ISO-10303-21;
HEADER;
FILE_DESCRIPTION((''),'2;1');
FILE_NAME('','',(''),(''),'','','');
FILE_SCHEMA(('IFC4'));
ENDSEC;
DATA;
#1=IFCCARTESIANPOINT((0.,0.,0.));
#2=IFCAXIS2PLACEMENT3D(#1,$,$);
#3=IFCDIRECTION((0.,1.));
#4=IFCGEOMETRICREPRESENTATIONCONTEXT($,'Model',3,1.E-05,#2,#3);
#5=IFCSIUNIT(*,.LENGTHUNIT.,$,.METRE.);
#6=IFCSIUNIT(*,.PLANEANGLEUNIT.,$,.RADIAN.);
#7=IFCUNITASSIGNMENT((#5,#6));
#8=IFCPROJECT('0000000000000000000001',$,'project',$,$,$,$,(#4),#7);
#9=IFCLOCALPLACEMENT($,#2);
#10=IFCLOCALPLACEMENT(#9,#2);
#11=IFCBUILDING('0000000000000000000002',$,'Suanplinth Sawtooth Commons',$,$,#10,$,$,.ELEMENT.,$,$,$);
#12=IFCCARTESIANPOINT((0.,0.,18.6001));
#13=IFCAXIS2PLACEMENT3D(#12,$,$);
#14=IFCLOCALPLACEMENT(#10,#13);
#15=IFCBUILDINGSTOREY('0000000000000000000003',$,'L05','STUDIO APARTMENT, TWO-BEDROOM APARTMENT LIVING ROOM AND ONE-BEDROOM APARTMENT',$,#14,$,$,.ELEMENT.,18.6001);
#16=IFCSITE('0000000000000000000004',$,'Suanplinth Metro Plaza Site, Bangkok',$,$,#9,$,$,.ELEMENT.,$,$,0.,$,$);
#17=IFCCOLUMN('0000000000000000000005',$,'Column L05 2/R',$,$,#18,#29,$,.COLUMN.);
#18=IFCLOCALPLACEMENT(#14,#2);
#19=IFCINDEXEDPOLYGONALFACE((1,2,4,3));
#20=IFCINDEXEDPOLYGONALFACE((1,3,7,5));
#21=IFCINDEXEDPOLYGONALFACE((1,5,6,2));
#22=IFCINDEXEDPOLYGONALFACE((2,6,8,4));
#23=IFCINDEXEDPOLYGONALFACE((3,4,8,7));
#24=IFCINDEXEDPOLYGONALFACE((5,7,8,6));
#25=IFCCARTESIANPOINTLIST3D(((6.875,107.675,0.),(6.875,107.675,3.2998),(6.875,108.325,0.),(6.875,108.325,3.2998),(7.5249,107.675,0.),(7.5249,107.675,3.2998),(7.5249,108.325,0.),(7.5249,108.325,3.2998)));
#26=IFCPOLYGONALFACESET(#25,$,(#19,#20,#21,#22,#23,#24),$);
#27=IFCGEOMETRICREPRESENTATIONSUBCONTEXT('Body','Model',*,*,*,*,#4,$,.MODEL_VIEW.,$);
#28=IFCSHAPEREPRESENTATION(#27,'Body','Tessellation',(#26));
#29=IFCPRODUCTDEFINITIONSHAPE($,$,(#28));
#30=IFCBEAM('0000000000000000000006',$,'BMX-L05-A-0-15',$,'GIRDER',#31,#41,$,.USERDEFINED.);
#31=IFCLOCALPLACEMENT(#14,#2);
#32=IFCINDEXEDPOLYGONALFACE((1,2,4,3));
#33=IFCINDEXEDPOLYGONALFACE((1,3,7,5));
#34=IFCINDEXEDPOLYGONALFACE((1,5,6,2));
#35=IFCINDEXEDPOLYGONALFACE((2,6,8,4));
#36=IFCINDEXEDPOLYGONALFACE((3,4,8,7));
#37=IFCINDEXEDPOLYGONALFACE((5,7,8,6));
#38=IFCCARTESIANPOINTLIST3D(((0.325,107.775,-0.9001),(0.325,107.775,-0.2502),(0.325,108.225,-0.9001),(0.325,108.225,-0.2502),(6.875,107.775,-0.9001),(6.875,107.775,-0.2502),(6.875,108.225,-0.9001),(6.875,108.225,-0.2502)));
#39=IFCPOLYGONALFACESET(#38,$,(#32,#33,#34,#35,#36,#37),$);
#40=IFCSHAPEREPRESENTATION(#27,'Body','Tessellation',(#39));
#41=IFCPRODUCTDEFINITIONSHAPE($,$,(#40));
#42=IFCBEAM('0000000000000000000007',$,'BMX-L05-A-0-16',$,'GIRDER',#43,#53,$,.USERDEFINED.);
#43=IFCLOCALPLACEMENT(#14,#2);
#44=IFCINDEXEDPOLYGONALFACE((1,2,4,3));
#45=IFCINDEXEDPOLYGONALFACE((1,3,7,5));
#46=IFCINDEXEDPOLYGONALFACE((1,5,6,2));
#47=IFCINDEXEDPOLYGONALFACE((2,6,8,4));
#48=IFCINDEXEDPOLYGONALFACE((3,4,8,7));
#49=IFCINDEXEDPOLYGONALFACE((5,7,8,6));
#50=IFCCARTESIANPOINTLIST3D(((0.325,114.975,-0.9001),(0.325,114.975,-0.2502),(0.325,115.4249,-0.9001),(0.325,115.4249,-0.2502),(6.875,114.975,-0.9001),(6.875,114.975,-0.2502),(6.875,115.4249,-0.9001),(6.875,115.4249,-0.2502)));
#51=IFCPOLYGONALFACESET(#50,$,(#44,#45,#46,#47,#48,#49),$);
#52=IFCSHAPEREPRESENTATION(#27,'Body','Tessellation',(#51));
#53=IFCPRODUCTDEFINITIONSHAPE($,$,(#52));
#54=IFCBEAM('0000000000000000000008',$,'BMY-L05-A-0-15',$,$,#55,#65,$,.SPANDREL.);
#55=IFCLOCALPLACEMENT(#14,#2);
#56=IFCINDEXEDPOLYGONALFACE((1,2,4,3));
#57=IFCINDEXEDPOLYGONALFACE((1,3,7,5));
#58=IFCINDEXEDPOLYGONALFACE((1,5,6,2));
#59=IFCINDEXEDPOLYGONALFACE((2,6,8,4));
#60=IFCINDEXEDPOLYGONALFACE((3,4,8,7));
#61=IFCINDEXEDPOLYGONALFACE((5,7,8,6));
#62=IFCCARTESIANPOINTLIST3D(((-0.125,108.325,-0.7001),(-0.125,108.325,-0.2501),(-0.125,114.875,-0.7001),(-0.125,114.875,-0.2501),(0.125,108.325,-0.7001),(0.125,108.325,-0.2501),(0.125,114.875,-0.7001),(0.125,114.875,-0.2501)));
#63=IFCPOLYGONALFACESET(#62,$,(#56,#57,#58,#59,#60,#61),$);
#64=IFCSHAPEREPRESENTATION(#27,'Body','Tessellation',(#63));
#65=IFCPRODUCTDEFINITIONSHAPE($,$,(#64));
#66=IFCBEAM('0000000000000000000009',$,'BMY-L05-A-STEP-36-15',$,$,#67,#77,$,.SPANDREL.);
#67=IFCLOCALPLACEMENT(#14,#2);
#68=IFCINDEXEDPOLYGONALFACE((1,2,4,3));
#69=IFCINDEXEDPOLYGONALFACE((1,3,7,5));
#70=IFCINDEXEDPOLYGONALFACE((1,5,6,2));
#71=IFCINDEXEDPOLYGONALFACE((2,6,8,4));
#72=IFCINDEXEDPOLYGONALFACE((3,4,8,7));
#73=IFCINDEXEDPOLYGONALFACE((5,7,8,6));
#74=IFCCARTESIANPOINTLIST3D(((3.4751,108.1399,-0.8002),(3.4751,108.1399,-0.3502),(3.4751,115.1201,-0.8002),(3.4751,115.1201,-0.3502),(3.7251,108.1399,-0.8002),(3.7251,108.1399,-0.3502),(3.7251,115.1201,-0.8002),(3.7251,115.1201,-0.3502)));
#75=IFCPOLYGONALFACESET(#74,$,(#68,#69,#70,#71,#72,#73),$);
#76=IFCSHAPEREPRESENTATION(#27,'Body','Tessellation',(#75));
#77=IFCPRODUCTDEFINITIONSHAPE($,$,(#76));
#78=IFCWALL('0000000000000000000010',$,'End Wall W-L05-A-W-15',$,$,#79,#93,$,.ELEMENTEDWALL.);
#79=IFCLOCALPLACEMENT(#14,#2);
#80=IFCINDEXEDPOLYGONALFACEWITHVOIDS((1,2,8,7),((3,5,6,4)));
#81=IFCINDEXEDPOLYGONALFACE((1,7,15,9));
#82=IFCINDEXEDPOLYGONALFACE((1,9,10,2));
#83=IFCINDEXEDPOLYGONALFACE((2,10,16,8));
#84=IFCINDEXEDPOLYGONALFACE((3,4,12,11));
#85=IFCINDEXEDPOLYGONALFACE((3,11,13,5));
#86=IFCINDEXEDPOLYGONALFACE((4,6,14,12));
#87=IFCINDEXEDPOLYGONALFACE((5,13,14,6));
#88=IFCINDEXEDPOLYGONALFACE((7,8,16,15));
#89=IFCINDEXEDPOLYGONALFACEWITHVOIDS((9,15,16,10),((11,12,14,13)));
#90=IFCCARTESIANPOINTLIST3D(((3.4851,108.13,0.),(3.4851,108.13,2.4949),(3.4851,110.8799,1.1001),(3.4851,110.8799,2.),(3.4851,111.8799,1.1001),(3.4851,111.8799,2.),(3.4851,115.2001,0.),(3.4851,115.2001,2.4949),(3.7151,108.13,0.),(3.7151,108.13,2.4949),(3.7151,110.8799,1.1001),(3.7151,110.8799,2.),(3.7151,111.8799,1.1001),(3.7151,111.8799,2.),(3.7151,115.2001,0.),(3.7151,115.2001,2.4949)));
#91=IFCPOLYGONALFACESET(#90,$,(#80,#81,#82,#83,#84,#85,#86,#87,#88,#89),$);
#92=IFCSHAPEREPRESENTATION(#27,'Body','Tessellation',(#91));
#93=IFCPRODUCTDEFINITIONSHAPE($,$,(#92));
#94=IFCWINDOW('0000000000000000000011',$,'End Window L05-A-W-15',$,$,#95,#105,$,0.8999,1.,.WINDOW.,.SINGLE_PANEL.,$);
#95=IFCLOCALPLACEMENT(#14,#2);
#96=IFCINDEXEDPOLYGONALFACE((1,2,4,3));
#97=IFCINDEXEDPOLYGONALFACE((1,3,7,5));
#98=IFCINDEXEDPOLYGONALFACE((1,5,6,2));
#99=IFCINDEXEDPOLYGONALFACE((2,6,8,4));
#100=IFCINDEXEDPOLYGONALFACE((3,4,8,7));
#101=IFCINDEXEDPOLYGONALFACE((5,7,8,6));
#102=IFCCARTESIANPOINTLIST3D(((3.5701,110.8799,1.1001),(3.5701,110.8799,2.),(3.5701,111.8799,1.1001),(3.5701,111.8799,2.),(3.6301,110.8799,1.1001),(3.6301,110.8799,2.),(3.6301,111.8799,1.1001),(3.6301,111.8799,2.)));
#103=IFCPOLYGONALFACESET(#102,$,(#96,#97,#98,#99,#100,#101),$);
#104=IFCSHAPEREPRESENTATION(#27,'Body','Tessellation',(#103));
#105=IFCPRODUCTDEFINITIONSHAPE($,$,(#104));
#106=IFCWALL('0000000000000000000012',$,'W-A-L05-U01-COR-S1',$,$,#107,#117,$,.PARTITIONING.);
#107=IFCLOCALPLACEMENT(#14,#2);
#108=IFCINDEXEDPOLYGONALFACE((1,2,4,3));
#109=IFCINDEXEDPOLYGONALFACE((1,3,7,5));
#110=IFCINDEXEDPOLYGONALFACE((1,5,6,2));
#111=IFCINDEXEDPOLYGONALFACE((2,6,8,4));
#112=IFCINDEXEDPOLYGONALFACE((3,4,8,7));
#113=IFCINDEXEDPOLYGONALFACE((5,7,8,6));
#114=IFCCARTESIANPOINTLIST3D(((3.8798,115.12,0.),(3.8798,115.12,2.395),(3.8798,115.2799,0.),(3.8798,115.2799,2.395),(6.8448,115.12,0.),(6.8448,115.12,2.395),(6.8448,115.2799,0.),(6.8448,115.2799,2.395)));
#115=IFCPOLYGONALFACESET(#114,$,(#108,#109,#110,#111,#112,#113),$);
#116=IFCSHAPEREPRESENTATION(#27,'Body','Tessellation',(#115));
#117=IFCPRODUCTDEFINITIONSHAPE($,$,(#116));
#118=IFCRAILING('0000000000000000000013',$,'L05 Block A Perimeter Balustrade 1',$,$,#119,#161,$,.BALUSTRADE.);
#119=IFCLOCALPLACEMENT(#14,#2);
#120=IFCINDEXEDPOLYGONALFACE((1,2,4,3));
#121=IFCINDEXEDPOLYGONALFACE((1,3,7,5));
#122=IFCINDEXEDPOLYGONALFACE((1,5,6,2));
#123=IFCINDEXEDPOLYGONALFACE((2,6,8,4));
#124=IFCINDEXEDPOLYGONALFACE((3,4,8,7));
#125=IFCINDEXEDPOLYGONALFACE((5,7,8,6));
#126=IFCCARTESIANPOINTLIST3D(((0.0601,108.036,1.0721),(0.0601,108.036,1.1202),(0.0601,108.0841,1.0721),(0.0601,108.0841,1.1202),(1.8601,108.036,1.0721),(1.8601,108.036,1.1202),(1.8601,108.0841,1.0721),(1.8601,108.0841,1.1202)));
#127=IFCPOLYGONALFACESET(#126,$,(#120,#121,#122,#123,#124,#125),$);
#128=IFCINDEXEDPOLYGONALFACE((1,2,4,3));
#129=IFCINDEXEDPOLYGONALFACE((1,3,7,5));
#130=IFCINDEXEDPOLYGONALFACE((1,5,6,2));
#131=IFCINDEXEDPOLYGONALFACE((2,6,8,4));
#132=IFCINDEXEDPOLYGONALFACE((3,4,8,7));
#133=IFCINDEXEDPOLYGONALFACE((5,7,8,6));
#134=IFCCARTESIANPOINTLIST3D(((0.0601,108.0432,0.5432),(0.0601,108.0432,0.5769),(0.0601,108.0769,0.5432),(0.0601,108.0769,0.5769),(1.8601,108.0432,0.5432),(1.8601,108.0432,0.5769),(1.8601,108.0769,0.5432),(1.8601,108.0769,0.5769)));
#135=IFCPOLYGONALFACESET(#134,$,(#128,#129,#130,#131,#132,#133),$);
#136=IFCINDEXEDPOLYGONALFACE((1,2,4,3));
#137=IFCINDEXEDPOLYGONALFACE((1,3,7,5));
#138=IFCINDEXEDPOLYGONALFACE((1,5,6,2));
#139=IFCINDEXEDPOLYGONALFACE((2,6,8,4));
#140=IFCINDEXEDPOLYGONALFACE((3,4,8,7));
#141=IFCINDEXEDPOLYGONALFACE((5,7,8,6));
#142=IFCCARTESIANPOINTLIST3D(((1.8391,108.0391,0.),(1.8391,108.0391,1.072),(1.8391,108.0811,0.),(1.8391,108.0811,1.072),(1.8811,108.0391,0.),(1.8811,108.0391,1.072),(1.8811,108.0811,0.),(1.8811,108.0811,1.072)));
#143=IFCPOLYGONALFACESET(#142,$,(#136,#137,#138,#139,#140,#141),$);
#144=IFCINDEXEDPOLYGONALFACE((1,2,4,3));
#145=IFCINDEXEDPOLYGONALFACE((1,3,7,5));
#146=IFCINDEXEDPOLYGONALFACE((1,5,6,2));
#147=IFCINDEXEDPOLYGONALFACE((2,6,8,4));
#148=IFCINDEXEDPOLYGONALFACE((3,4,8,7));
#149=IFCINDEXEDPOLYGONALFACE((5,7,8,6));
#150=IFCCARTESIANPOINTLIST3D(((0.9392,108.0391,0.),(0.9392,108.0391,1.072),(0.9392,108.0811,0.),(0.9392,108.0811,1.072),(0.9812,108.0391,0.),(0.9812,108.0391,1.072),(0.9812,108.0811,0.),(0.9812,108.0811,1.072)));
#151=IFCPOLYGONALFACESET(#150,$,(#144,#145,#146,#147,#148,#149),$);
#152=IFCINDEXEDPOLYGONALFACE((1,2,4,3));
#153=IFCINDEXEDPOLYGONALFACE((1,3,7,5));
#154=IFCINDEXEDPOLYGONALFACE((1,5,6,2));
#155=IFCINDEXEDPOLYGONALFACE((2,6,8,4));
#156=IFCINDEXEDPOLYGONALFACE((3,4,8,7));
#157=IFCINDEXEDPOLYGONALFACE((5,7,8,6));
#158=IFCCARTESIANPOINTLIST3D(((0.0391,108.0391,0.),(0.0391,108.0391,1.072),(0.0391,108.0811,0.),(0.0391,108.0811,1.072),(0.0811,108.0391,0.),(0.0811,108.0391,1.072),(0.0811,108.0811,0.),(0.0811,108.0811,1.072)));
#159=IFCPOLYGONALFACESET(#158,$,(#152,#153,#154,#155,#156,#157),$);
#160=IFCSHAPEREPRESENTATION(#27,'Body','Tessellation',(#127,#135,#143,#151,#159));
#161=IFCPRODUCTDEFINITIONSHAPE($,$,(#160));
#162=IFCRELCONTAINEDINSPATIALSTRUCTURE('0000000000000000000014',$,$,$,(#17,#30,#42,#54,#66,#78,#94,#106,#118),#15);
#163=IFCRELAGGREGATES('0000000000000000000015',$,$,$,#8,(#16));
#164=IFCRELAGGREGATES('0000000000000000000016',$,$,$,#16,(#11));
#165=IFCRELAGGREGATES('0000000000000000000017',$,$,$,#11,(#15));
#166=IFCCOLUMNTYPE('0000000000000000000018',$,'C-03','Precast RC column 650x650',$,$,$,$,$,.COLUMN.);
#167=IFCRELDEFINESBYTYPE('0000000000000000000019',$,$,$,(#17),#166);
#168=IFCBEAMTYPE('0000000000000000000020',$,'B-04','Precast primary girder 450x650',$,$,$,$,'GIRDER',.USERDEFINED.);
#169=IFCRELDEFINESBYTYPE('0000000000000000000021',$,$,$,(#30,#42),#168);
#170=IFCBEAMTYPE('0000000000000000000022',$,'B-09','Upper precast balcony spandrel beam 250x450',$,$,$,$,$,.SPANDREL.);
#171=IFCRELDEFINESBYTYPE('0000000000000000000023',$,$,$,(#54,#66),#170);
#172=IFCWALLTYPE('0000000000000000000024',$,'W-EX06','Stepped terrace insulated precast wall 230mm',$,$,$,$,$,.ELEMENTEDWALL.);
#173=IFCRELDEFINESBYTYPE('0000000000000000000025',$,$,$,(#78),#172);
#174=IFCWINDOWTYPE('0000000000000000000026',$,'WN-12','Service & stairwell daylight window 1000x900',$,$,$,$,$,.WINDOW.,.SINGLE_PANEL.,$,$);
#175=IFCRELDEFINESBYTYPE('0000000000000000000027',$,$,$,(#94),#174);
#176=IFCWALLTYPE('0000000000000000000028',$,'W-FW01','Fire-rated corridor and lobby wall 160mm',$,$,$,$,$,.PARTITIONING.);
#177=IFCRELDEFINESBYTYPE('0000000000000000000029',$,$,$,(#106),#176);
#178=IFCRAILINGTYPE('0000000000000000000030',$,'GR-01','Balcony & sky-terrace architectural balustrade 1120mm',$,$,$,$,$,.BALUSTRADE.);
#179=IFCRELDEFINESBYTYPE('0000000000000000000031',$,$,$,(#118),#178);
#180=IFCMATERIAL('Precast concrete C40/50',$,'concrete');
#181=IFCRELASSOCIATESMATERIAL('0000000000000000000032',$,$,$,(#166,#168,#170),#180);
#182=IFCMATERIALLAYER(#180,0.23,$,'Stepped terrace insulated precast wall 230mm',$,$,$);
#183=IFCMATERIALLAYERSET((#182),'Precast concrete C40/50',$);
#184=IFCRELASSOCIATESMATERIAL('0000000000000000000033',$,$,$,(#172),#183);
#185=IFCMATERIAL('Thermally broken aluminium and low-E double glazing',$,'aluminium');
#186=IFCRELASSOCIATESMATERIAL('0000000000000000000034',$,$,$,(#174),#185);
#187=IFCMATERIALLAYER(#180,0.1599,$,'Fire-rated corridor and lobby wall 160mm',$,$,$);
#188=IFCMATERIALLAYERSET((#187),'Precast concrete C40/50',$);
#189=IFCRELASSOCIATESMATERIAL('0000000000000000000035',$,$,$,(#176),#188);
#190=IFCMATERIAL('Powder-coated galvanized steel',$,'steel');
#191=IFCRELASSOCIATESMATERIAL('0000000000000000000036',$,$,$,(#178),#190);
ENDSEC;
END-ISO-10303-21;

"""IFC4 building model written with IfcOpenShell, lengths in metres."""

from ifc_helpers import new_model, si_unit, direction, frame, frame_2d, origin, origin_2d, place, context, subcontext, project, spatial, rectangle, extrude, material, layer, layer_set, material_profile, profile_set, type_object, element, fill, save


model = new_model("IFC4")

# Units and contexts
model_context = context("Model", 3, precision=1e-05, world=origin(), true_north=direction((0.0, 1.0)))
body_context = subcontext(model_context, "Body", "Model", "MODEL_VIEW")
ifc_project = project(units=[si_unit("LENGTHUNIT", "METRE"), si_unit("PLANEANGLEUNIT", "RADIAN")], contexts=[model_context])

# Site, building, storey
site_placement = place(None, origin())
site = spatial("IfcSite", under=ifc_project, at=site_placement, Name="Suanplinth Metro Plaza Site, Bangkok", CompositionType="ELEMENT", RefElevation=0.0)
building_placement = place(site_placement, origin())
building = spatial("IfcBuilding", under=site, at=building_placement, Name="Suanplinth Sawtooth Commons", CompositionType="ELEMENT")
storey_placement = place(building_placement, frame((0.0, 0.0, 18.6001)))
storey = spatial("IfcBuildingStorey", under=building, at=storey_placement, Name="L05", Description="STUDIO APARTMENT, TWO-BEDROOM APARTMENT LIVING ROOM AND ONE-BEDROOM APARTMENT", CompositionType="ELEMENT", Elevation=18.6001)

# Column
ifc_material_1 = material(Name="Precast concrete C40/50", Category="concrete")
ifc_material_profile_1 = material_profile(ifc_material_1, rectangle(XDim=0.6499, YDim=0.6499, at=origin_2d()), Name="PC-COL 650x650")
ifc_profile_set_1 = profile_set([ifc_material_profile_1], Name="Precast concrete C40/50")
column_type = type_object("IfcColumnType", Name="C-03", Description="Precast RC column 650x650", PredefinedType="COLUMN", material=ifc_profile_set_1)
column_placement = place(storey_placement, frame((7.2, 108.0, 0.0), z_axis=(0.0, 0.0, 1.0), x_axis=(1.0, 0.0, 0.0)))
element("IfcColumn", 1, at=column_placement, inside=storey, type_object=column_type, Name="Column L05 2/R", PredefinedType="COLUMN", context=body_context, shape_type="SweptSolid", body=[
    extrude(rectangle(XDim=0.6499, YDim=0.6499, at=origin_2d()), origin(), (0.0, 0.0, 1.0), 3.2998),
])

# Beams
ifc_material_profile_2 = material_profile(ifc_material_1, rectangle(XDim=0.45, YDim=0.6499, at=origin_2d()), Name="PC-GDR 450x650")
ifc_profile_set_2 = profile_set([ifc_material_profile_2], Name="Precast concrete C40/50")
beam_type_1 = type_object("IfcBeamType", Name="B-04", Description="Precast primary girder 450x650", ElementType="GIRDER", PredefinedType="USERDEFINED", material=ifc_profile_set_2)
for number, where, z_axis, x_axis, name in (
    (2, (0.325, 108.0, -0.5752), (1.0, 0.0, 0.0), (0.0, 1.0, 0.0), "BMX-L05-A-0-15"),
    (3, (0.325, 115.2, -0.5752), (1.0, 0.0, 0.0), (0.0, 1.0, 0.0), "BMX-L05-A-0-16"),
):
    element("IfcBeam", number, at=place(storey_placement, frame(where, z_axis=z_axis, x_axis=x_axis)), inside=storey, type_object=beam_type_1, Name=name, ObjectType="GIRDER", PredefinedType="USERDEFINED", context=body_context, shape_type="SweptSolid", body=[
        extrude(rectangle(XDim=0.45, YDim=0.6499, at=origin_2d()), origin(), (0.0, 0.0, 1.0), 6.55),
    ])
ifc_material_profile_3 = material_profile(ifc_material_1, rectangle(XDim=0.25, YDim=0.45, at=origin_2d()), Name="PC-SP 250x450")
ifc_profile_set_3 = profile_set([ifc_material_profile_3], Name="Precast concrete C40/50")
beam_type_2 = type_object("IfcBeamType", Name="B-09", Description="Upper precast balcony spandrel beam 250x450", PredefinedType="SPANDREL", material=ifc_profile_set_3)
beam_1_placement = place(storey_placement, frame((0.0, 108.325, -0.4751), z_axis=(0.0, 1.0, 0.0), x_axis=(-1.0, 0.0, 0.0)))
element("IfcBeam", 4, at=beam_1_placement, inside=storey, type_object=beam_type_2, Name="BMY-L05-A-0-15", PredefinedType="SPANDREL", context=body_context, shape_type="SweptSolid", body=[
    extrude(rectangle(XDim=0.25, YDim=0.45, at=origin_2d()), origin(), (0.0, 0.0, 1.0), 6.55),
])
beam_2_placement = place(storey_placement, frame((3.6001, 108.1399, -0.5752), z_axis=(0.0, 1.0, 0.0), x_axis=(-1.0, 0.0, 0.0)))
element("IfcBeam", 5, at=beam_2_placement, inside=storey, type_object=beam_type_2, Name="BMY-L05-A-STEP-36-15", PredefinedType="SPANDREL", context=body_context, shape_type="SweptSolid", body=[
    extrude(rectangle(XDim=0.25, YDim=0.45, at=origin_2d()), origin(), (0.0, 0.0, 1.0), 6.9802),
])

# Wall, opening, window
ifc_layer_1 = layer(ifc_material_1, 0.23, Name="Stepped terrace insulated precast wall 230mm")
ifc_layer_set_1 = layer_set([ifc_layer_1], Name="Precast concrete C40/50")
wall_type_1 = type_object("IfcWallType", Name="W-EX06", Description="Stepped terrace insulated precast wall 230mm", PredefinedType="ELEMENTEDWALL", material=ifc_layer_set_1)
wall_1_placement = place(storey_placement, frame((3.6001, 108.1299, 0.0), z_axis=(0.0, 0.0, 1.0), x_axis=(0.0, 1.0, 0.0)))
wall_1 = element("IfcWall", 6, at=wall_1_placement, inside=storey, type_object=wall_type_1, Name="End Wall W-L05-A-W-15", PredefinedType="ELEMENTEDWALL", context=body_context, shape_type="SweptSolid", body=[
    extrude(rectangle(XDim=7.0701, YDim=0.23, at=frame_2d((3.5352, 0.0))), origin(), (0.0, 0.0, 1.0), 2.4949),
])
opening_1_placement = place(wall_1_placement, frame((2.75, 0.0, 1.1001)))
opening_1 = element("IfcOpeningElement", 7, at=opening_1_placement, cuts=wall_1, PredefinedType="OPENING", context=body_context, shape_type="SweptSolid", body=[
    extrude(rectangle(XDim=1.0, YDim=0.8999, at=frame_2d((0.5, 0.45))), frame((0.0, 0.1299, 0.0), z_axis=(0.0, -1.0, 0.0), x_axis=(1.0, 0.0, 0.0)), (0.0, 0.0, 1.0), 0.2598),
])
ifc_material_2 = material(Name="Thermally broken aluminium and low-E double glazing", Category="aluminium")
window_type = type_object("IfcWindowType", Name="WN-12", Description="Service & stairwell daylight window 1000x900", PartitioningType="SINGLE_PANEL", PredefinedType="WINDOW", material=ifc_material_2)
window_placement = place(opening_1_placement, origin())
window = element("IfcWindow", 8, at=window_placement, inside=storey, type_object=window_type, Name="End Window L05-A-W-15", OverallHeight=0.8999, OverallWidth=1.0, PartitioningType="SINGLE_PANEL", PredefinedType="WINDOW", context=body_context, shape_type="SweptSolid", body=[
    extrude(rectangle(XDim=1.0, YDim=0.8999, at=frame_2d((0.5, 0.45))), frame((0.0, 0.03, 0.0), z_axis=(0.0, -1.0, 0.0), x_axis=(1.0, 0.0, 0.0)), (0.0, 0.0, 1.0), 0.0601),
])
fill(opening_1, window)

# Wall
ifc_layer_2 = layer(ifc_material_1, 0.1599, Name="Fire-rated corridor and lobby wall 160mm")
ifc_layer_set_2 = layer_set([ifc_layer_2], Name="Precast concrete C40/50")
wall_type_2 = type_object("IfcWallType", Name="W-FW01", Description="Fire-rated corridor and lobby wall 160mm", PredefinedType="PARTITIONING", material=ifc_layer_set_2)
wall_2_placement = place(storey_placement, frame((3.8799, 115.2, 0.0), z_axis=(0.0, 0.0, 1.0), x_axis=(1.0, 0.0, 0.0)))
element("IfcWall", 9, at=wall_2_placement, inside=storey, type_object=wall_type_2, Name="W-A-L05-U01-COR-S1", PredefinedType="PARTITIONING", context=body_context, shape_type="SweptSolid", body=[
    extrude(rectangle(XDim=2.9651, YDim=0.1599, at=frame_2d((1.4824, 0.0))), origin(), (0.0, 0.0, 1.0), 2.395),
])

# Railing
ifc_material_3 = material(Name="Powder-coated galvanized steel", Category="steel")
railing_type = type_object("IfcRailingType", Name="GR-01", Description="Balcony & sky-terrace architectural balustrade 1120mm", PredefinedType="BALUSTRADE", material=ifc_material_3)
railing_1_placement = place(storey_placement, frame((1.8601, 108.0601, 0.0)))
element("IfcRailing", 10, at=railing_1_placement, inside=storey, type_object=railing_type, Name="L05 Block A Perimeter Balustrade 1", PredefinedType="BALUSTRADE", context=body_context, shape_type="SweptSolid", body=[
    extrude(rectangle(XDim=0.0481, YDim=0.0481, at=origin_2d()), frame((0.0, 0.0, 1.0962), z_axis=(-1.0, 0.0, 0.0), x_axis=(0.0, -1.0, 0.0)), (0.0, 0.0, 1.0), 1.8),
    extrude(rectangle(XDim=0.0337, YDim=0.0337, at=origin_2d()), frame((0.0, 0.0, 0.5601), z_axis=(-1.0, 0.0, 0.0), x_axis=(0.0, -1.0, 0.0)), (0.0, 0.0, 1.0), 1.8),
    extrude(rectangle(XDim=0.042, YDim=0.042, at=origin_2d()), origin(), (0.0, 0.0, 1.0), 1.072),
    extrude(rectangle(XDim=0.042, YDim=0.042, at=origin_2d()), frame((-0.8999, 0.0, 0.0)), (0.0, 0.0, 1.0), 1.072),
    extrude(rectangle(XDim=0.042, YDim=0.042, at=origin_2d()), frame((-1.8, 0.0, 0.0)), (0.0, 0.0, 1.0), 1.072),
])

save(model, "model.ifc")
